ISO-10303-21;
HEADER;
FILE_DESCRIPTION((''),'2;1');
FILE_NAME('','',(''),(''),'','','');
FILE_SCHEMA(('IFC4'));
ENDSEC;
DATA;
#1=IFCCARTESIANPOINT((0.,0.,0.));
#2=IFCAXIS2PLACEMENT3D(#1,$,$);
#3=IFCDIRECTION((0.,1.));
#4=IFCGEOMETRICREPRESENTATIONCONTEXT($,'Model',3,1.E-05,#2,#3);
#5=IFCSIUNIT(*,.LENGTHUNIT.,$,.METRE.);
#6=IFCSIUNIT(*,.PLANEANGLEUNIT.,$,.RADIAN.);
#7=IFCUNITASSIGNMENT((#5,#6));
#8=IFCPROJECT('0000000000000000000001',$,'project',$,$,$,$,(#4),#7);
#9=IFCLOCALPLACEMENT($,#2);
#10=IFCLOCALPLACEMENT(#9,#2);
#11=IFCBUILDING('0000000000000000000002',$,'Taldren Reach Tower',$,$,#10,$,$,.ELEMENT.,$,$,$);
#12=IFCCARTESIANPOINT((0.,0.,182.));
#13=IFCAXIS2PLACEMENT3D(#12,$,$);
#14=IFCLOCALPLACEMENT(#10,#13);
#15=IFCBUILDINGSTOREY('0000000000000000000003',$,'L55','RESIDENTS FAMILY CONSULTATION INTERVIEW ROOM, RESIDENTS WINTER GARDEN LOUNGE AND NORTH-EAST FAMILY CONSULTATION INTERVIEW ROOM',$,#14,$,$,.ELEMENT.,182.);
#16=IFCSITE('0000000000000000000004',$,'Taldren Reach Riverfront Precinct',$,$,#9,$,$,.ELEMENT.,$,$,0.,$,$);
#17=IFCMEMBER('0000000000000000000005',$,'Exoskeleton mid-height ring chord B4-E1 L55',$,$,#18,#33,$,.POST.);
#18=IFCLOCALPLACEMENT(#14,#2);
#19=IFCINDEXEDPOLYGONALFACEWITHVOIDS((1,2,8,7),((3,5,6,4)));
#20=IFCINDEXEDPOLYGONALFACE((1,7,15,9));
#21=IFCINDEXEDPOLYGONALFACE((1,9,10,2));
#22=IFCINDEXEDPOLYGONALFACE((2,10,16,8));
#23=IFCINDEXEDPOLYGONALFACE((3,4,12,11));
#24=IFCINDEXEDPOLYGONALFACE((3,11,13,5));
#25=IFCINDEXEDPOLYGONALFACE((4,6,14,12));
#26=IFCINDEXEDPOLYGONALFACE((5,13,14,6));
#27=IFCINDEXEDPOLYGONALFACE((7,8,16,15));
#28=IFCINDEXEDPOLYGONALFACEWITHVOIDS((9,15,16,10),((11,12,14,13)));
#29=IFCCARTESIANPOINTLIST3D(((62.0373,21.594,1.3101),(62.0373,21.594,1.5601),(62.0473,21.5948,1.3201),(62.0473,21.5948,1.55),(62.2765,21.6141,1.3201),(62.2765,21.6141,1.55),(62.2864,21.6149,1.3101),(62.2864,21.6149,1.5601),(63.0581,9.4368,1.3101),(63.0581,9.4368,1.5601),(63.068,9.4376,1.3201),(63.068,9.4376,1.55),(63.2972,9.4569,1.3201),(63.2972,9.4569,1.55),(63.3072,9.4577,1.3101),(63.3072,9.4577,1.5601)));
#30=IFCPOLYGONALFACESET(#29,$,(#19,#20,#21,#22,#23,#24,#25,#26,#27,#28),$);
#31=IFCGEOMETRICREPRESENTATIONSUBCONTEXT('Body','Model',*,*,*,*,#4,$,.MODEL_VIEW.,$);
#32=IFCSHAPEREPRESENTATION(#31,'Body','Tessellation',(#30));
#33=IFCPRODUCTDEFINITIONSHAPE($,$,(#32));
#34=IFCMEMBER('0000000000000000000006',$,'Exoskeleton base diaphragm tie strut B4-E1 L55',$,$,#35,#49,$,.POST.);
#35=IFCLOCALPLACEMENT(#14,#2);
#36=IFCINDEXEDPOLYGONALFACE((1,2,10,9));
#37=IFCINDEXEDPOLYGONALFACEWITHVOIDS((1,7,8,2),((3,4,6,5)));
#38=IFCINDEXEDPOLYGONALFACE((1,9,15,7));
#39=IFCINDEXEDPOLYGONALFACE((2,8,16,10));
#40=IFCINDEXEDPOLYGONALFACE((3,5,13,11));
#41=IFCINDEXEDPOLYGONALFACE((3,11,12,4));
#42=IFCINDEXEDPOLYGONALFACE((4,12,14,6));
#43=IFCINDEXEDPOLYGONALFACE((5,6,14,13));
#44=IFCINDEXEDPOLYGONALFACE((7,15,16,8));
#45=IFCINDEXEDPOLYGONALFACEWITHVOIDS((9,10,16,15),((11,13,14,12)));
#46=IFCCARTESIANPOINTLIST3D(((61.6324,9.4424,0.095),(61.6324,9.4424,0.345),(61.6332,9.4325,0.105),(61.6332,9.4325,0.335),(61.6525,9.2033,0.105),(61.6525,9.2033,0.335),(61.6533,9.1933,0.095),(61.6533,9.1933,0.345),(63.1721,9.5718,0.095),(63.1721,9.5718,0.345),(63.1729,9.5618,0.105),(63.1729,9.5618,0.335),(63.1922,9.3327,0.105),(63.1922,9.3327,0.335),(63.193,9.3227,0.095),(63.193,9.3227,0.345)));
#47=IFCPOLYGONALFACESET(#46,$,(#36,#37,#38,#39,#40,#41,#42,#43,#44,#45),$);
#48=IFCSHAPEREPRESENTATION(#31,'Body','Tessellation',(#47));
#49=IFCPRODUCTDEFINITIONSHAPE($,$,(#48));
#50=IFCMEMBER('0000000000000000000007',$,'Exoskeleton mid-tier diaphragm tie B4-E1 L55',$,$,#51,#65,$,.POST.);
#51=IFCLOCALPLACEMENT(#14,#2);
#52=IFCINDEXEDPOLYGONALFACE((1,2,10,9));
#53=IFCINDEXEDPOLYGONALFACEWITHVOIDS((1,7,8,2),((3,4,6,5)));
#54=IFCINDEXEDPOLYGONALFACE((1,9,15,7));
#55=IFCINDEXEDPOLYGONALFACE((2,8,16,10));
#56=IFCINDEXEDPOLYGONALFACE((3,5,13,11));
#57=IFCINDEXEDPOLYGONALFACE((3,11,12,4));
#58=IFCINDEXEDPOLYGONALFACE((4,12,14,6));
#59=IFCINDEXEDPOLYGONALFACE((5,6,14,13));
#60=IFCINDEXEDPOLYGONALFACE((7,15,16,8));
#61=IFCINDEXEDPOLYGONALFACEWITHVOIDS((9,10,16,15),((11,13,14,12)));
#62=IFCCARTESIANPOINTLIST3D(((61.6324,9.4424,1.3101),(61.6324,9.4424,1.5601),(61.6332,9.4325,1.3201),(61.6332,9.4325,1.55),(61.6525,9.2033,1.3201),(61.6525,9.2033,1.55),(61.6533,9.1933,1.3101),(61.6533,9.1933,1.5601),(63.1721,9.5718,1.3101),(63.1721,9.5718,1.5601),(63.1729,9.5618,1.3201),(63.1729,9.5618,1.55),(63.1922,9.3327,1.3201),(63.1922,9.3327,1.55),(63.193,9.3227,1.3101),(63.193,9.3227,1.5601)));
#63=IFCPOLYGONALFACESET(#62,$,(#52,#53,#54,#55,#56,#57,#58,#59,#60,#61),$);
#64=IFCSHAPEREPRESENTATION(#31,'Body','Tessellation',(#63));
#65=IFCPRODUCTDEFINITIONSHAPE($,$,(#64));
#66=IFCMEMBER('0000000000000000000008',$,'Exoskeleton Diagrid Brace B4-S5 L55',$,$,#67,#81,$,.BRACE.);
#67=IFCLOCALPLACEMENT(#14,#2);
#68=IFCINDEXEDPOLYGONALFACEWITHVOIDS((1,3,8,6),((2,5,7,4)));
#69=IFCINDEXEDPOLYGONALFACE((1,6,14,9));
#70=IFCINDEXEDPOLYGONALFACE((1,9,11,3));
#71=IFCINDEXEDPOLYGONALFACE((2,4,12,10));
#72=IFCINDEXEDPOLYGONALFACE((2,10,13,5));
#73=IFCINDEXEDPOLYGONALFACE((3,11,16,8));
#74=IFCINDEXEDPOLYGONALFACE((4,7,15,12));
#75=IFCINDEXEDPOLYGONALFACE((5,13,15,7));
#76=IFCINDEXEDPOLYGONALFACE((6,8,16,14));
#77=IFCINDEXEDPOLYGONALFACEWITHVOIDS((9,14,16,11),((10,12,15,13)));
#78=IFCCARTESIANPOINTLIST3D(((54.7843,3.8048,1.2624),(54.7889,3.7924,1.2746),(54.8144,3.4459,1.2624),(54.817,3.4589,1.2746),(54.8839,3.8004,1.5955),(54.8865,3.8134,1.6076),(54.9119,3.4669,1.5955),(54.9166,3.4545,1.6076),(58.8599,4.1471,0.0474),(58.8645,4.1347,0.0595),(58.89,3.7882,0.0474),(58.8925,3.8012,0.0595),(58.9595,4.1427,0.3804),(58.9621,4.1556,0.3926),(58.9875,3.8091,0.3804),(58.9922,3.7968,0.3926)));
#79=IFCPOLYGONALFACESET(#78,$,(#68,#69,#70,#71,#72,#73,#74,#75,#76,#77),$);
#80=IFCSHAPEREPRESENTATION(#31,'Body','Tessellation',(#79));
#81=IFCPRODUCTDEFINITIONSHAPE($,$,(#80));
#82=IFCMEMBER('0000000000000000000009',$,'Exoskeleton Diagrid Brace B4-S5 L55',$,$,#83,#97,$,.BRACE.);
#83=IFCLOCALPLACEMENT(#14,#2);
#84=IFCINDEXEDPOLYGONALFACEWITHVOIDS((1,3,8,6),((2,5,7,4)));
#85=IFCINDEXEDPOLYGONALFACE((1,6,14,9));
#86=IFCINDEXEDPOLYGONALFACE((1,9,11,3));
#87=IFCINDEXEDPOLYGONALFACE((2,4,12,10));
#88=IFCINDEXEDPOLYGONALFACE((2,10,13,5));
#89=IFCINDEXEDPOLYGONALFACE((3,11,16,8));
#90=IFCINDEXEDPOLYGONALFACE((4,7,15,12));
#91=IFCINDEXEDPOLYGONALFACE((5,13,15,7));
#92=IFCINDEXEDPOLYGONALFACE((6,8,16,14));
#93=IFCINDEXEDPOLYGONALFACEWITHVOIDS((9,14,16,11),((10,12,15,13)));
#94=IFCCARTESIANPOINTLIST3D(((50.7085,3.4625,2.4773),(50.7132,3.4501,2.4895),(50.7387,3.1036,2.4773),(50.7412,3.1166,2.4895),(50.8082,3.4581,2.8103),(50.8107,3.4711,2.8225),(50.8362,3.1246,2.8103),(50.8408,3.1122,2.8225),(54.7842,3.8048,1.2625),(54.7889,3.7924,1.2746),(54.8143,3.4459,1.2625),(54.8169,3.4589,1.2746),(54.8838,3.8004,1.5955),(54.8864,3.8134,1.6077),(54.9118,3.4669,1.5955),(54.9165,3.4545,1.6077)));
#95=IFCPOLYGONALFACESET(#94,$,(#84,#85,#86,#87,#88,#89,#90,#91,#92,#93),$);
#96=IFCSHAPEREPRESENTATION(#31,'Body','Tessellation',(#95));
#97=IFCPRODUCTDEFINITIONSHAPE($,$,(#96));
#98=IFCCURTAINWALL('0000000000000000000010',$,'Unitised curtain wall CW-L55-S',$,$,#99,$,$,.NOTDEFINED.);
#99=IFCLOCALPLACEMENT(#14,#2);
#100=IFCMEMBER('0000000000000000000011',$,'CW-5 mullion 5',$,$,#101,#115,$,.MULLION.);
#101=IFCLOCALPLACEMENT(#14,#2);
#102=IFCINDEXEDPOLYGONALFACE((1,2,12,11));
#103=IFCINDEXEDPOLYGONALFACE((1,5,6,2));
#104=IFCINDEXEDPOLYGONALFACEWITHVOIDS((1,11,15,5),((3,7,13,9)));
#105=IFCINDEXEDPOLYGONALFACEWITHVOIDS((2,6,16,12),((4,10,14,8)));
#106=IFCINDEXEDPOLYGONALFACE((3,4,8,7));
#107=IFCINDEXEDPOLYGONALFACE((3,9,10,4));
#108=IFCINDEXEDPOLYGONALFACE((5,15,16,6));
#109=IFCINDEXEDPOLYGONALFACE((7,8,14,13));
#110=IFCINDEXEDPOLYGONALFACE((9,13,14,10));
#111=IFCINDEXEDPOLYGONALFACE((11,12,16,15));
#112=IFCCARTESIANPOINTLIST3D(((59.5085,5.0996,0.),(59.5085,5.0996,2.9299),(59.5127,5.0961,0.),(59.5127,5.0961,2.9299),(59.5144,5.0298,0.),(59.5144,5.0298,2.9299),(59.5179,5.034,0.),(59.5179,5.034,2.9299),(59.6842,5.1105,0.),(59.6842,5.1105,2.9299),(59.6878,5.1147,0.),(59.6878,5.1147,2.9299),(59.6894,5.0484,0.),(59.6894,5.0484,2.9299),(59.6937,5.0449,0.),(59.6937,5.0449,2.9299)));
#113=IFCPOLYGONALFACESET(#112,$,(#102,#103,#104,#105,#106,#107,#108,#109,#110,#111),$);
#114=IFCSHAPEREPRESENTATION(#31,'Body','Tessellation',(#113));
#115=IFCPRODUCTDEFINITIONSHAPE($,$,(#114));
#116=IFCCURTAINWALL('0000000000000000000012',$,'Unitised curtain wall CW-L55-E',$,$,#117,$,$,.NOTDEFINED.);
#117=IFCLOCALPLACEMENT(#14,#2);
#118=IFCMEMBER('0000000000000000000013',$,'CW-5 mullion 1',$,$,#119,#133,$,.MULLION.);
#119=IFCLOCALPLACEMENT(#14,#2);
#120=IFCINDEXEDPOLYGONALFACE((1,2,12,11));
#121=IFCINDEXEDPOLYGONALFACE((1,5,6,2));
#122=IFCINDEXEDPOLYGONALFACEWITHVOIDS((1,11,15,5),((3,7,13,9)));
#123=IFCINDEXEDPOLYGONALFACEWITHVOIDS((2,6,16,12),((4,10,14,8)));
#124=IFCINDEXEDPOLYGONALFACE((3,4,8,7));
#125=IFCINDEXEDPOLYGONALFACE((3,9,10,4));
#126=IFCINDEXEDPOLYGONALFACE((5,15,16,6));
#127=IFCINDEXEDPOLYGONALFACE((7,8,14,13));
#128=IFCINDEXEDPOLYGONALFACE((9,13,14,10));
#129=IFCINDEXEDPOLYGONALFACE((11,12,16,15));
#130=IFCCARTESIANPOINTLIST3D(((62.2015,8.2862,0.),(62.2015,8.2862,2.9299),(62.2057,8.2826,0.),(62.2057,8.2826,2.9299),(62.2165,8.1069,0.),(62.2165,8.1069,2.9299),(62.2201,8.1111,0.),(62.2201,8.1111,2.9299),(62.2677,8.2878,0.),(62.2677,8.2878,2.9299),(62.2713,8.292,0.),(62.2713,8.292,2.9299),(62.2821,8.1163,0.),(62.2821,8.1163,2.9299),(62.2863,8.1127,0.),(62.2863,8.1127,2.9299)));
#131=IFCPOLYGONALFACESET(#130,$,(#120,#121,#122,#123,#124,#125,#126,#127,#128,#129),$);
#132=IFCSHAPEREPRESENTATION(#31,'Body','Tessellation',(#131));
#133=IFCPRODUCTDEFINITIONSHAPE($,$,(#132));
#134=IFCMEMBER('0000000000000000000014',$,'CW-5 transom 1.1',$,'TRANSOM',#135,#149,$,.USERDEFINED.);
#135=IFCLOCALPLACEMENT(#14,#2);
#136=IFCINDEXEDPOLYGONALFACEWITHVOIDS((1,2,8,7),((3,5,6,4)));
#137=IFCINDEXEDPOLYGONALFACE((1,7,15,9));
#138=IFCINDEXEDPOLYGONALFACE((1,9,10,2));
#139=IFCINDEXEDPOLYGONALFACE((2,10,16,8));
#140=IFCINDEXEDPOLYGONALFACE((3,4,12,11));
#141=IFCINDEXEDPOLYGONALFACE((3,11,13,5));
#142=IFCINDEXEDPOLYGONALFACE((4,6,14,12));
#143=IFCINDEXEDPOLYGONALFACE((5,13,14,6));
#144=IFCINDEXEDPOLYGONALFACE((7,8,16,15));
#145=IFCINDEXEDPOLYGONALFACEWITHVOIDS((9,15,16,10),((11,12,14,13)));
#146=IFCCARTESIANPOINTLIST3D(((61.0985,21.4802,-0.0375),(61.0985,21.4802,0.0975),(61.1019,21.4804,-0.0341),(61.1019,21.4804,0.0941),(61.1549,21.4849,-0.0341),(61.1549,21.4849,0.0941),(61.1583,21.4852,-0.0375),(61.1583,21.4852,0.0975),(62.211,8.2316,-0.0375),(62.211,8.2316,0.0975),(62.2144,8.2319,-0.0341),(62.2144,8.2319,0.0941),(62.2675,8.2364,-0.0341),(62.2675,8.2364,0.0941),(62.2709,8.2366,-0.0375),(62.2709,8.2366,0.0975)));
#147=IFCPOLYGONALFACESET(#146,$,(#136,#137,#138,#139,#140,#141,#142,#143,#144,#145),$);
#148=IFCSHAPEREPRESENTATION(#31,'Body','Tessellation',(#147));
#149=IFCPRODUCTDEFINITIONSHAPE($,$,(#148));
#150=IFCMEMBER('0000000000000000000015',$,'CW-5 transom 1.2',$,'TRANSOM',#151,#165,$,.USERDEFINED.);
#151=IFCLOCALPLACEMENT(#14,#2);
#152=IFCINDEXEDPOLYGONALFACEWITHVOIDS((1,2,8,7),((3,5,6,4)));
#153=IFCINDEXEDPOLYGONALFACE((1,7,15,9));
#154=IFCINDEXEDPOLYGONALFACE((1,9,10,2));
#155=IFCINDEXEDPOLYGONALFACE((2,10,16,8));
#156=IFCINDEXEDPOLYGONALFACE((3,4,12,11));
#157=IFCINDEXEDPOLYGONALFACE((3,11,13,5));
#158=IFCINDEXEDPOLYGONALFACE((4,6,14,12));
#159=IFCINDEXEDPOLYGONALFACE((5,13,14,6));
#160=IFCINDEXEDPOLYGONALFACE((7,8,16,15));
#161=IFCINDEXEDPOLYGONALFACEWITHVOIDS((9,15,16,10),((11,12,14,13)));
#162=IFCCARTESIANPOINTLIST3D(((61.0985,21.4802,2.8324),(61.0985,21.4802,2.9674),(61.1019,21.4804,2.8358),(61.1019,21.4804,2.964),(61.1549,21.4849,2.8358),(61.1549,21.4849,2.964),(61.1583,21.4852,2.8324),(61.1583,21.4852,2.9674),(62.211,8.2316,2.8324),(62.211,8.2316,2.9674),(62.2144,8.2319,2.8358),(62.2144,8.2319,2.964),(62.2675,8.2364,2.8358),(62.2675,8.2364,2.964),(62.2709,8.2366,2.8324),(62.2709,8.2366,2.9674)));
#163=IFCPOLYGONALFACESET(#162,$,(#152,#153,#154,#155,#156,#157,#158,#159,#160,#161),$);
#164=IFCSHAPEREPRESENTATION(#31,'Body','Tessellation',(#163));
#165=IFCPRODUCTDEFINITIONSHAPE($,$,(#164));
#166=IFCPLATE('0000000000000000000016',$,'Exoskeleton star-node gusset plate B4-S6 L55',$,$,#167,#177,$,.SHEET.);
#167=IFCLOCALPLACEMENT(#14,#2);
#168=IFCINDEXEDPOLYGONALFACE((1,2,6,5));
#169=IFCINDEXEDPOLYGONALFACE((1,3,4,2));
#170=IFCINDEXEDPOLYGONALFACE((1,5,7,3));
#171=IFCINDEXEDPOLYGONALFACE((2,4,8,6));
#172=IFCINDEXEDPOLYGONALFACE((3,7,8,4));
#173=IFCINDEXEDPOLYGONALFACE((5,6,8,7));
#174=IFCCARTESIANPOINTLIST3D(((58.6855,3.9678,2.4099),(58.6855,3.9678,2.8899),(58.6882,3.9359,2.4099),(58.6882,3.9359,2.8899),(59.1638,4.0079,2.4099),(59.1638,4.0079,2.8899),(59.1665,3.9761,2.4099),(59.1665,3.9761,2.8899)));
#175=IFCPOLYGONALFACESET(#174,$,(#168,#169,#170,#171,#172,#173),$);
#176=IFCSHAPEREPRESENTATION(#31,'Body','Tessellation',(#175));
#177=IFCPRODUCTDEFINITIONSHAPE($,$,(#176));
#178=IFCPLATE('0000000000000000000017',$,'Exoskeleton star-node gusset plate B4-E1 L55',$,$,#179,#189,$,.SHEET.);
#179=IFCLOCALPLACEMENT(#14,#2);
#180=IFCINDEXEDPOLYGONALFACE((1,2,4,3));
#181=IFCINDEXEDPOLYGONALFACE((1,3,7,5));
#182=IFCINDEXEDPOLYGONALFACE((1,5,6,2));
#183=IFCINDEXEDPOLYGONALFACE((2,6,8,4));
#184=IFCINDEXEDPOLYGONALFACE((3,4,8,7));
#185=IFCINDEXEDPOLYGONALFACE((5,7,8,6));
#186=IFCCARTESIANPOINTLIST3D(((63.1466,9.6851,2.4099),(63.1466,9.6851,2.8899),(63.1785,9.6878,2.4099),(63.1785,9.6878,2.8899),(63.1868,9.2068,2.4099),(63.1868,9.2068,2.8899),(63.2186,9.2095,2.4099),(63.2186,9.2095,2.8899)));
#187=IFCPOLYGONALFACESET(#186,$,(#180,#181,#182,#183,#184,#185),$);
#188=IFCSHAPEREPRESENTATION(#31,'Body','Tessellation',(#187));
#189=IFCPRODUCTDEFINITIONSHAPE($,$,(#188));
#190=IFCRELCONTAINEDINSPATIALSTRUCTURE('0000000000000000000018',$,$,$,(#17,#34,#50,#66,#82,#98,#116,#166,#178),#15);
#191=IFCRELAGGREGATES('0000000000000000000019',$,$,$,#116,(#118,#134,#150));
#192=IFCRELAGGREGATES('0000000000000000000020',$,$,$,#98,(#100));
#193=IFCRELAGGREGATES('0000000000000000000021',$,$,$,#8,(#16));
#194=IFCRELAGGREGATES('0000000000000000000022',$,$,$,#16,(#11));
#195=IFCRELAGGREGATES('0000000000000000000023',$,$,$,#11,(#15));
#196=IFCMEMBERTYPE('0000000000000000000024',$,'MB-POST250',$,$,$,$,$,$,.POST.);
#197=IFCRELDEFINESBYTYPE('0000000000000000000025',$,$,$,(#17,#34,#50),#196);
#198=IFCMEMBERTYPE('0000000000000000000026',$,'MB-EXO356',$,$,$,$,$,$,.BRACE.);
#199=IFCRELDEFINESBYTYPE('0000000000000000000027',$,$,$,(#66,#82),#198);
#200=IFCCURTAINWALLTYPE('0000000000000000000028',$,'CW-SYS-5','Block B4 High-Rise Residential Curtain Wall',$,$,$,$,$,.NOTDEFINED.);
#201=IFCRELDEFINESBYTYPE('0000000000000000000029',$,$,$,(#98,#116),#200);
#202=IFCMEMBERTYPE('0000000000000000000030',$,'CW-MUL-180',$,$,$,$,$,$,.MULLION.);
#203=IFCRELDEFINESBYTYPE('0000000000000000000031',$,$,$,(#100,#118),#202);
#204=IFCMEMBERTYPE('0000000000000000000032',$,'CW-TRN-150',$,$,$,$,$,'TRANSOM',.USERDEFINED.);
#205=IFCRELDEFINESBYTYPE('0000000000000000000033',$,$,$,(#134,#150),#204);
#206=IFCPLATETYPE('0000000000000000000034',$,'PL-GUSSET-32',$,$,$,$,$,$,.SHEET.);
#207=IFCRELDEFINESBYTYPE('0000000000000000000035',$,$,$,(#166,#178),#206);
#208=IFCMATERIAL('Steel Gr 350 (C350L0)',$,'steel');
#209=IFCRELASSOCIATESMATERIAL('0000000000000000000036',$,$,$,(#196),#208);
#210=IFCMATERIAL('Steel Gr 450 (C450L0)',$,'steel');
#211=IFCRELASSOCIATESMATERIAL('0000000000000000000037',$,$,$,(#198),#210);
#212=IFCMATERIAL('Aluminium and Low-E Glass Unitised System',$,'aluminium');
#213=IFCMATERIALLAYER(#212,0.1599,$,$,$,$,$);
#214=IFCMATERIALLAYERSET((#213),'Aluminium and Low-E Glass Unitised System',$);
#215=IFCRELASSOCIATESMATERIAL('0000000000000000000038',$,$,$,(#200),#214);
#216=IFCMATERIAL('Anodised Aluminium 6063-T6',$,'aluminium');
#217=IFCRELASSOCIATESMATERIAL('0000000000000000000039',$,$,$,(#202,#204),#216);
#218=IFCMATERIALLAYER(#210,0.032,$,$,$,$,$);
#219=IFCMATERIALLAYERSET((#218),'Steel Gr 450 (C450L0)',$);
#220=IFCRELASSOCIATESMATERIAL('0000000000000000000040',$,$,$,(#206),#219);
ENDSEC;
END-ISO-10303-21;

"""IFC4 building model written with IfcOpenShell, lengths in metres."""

from ifc_helpers import new_model, si_unit, direction, frame, origin, origin_2d, place, context, subcontext, project, spatial, rectangle, hollow_rectangle, extrude, source, transform, mapped, material, layer, layer_set, material_profile, profile_set, type_object, element, aggregate, save


model = new_model("IFC4")

# Units and contexts
model_context = context("Model", 3, precision=1e-05, world=origin(), true_north=direction((0.0, 1.0)))
body_context = subcontext(model_context, "Body", "Model", "MODEL_VIEW")
ifc_project = project(units=[si_unit("LENGTHUNIT", "METRE"), si_unit("PLANEANGLEUNIT", "RADIAN")], contexts=[model_context])

# Site, building, storey
site_placement = place(None, origin())
site = spatial("IfcSite", under=ifc_project, at=site_placement, Name="Taldren Reach Riverfront Precinct", CompositionType="ELEMENT", RefElevation=0.0)
building_placement = place(site_placement, origin())
building = spatial("IfcBuilding", under=site, at=building_placement, Name="Taldren Reach Tower", CompositionType="ELEMENT")
storey_placement = place(building_placement, frame((0.0, 0.0, 182.0)))
storey = spatial("IfcBuildingStorey", under=building, at=storey_placement, Name="L55", Description="RESIDENTS FAMILY CONSULTATION INTERVIEW ROOM, RESIDENTS WINTER GARDEN LOUNGE AND NORTH-EAST FAMILY CONSULTATION INTERVIEW ROOM", CompositionType="ELEMENT", Elevation=182.0)

# Shared definitions
ifc_material_1 = material(Name="Steel Gr 350 (C350L0)", Category="steel")

# Shared definitions
ifc_material_profile_1 = material_profile(ifc_material_1, hollow_rectangle(XDim=0.25, YDim=0.25, WallThickness=0.01, at=origin_2d()), Name="250x250x10.0SHS")
ifc_profile_set_1 = profile_set([ifc_material_profile_1], Name="Steel Gr 350 (C350L0)")
member_type_1 = type_object("IfcMemberType", Name="MB-POST250", PredefinedType="POST", material=ifc_profile_set_1)

# Members
ifc_material_2 = material(Name="Steel Gr 450 (C450L0)", Category="steel")
shared_shape_1 = source(origin(), body_context, "Body", "SweptSolid", [
    extrude(hollow_rectangle(XDim=0.25, YDim=0.25, WallThickness=0.01, at=origin_2d()), origin(), (0.0, 0.0, 1.0), 12.2),
])
member_1_placement = place(storey_placement, frame((63.1826, 9.4473, 1.4351), z_axis=(-0.083668, 0.996494, 0.0), x_axis=(-0.996494, -0.083668, 0.0)))
element("IfcMember", 1, at=member_1_placement, inside=storey, type_object=member_type_1, Name="Exoskeleton mid-height ring chord B4-E1 L55", PredefinedType="POST", context=body_context, shape_type="MappedRepresentation", body=[
    mapped(shared_shape_1, transform((0.0, 0.0, 0.0), scale=1.0)),
])
shared_shape_2 = source(origin(), body_context, "Body", "SweptSolid", [
    extrude(hollow_rectangle(XDim=0.25, YDim=0.25, WallThickness=0.01, at=origin_2d()), origin(), (0.0, 0.0, 1.0), 1.5452),
])
for number, where, z_axis, x_axis, name in (
    (2, (61.6428, 9.3179, 0.22), (0.996488, 0.083738, 0.0), (-0.083738, 0.996488, 0.0), "Exoskeleton base diaphragm tie strut B4-E1 L55"),
    (3, (61.6428, 9.3179, 1.4351), (0.996488, 0.083738, 0.0), (-0.083738, 0.996488, 0.0), "Exoskeleton mid-tier diaphragm tie B4-E1 L55"),
):
    element("IfcMember", number, at=place(storey_placement, frame(where, z_axis=z_axis, x_axis=x_axis)), inside=storey, type_object=member_type_1, Name=name, PredefinedType="POST", context=body_context, shape_type="MappedRepresentation", body=[
        mapped(shared_shape_2, transform((0.0, 0.0, 0.0), scale=1.0)),
    ])
ifc_material_profile_2 = material_profile(ifc_material_2, hollow_rectangle(XDim=0.3601, YDim=0.3601, WallThickness=0.0127, at=origin_2d()), Name="360x360x12.7SHS")
ifc_profile_set_2 = profile_set([ifc_material_profile_2], Name="Steel Gr 450 (C450L0)")
member_type_2 = type_object("IfcMemberType", Name="MB-EXO356", PredefinedType="BRACE", material=ifc_profile_set_2)
shared_shape_3 = source(origin(), body_context, "Body", "SweptSolid", [
    extrude(hollow_rectangle(XDim=0.3601, YDim=0.3601, WallThickness=0.0127, at=origin_2d()), origin(), (0.0, 0.0, 1.0), 4.2666),
])
for number, where, z_axis, x_axis, name in (
    (4, (58.926, 3.9719, 0.22), (-0.955229, -0.080222, 0.284783), (0.083688, -0.996492, 0.0), "Exoskeleton Diagrid Brace B4-S5 L55"),
    (5, (54.8503, 3.6296, 1.4351), (-0.955245, -0.080224, 0.284731), (0.083688, -0.996492, 0.0), "Exoskeleton Diagrid Brace B4-S5 L55"),
):
    element("IfcMember", number, at=place(storey_placement, frame(where, z_axis=z_axis, x_axis=x_axis)), inside=storey, type_object=member_type_2, Name=name, PredefinedType="BRACE", context=body_context, shape_type="MappedRepresentation", body=[
        mapped(shared_shape_3, transform((0.0, 0.0, 0.0), scale=1.0)),
    ])

# Curtain wall, member
ifc_material_3 = material(Name="Aluminium and Low-E Glass Unitised System", Category="aluminium")
ifc_layer_1 = layer(ifc_material_3, 0.1599)
ifc_layer_set_1 = layer_set([ifc_layer_1], Name="Aluminium and Low-E Glass Unitised System")
curtain_wall_type = type_object("IfcCurtainWallType", Name="CW-SYS-5", Description="Block B4 High-Rise Residential Curtain Wall", PredefinedType="NOTDEFINED", material=ifc_layer_set_1)
curtain_wall_1_placement = place(storey_placement, origin())
curtain_wall_1 = element("IfcCurtainWall", 6, at=curtain_wall_1_placement, inside=storey, type_object=curtain_wall_type, Name="Unitised curtain wall CW-L55-S", PredefinedType="NOTDEFINED")
ifc_material_4 = material(Name="Anodised Aluminium 6063-T6", Category="aluminium")
ifc_material_profile_3 = material_profile(ifc_material_4, hollow_rectangle(XDim=0.0701, YDim=0.1799, WallThickness=0.0039, at=origin_2d()), Name="ALU-180x70x4RHS")
ifc_profile_set_3 = profile_set([ifc_material_profile_3], Name="Anodised Aluminium 6063-T6")
member_type_3 = type_object("IfcMemberType", Name="CW-MUL-180", PredefinedType="MULLION", material=ifc_profile_set_3)
shared_shape_4 = source(origin(), body_context, "Body", "SweptSolid", [
    extrude(hollow_rectangle(XDim=0.0701, YDim=0.1799, WallThickness=0.0039, at=origin_2d()), origin(), (0.0, 0.0, 1.0), 2.9299),
])
member_2_placement = place(storey_placement, frame((59.6011, 5.0723, 0.0), z_axis=(0.0, 0.0, 1.0), x_axis=(-0.083678, 0.996493, 0.0)))
member_2 = element("IfcMember", 7, at=member_2_placement, type_object=member_type_3, Name="CW-5 mullion 5", PredefinedType="MULLION", context=body_context, shape_type="MappedRepresentation", body=[
    mapped(shared_shape_4, transform((0.0, 0.0, 0.0), scale=1.0)),
])

# Curtain wall, members
curtain_wall_2_placement = place(storey_placement, origin())
curtain_wall_2 = element("IfcCurtainWall", 8, at=curtain_wall_2_placement, inside=storey, type_object=curtain_wall_type, Name="Unitised curtain wall CW-L55-E", PredefinedType="NOTDEFINED")
member_3_placement = place(storey_placement, frame((62.2439, 8.1995, 0.0), z_axis=(0.0, 0.0, 1.0), x_axis=(-0.996493, -0.083678, 0.0)))
member_3 = element("IfcMember", 9, at=member_3_placement, type_object=member_type_3, Name="CW-5 mullion 1", PredefinedType="MULLION", context=body_context, shape_type="MappedRepresentation", body=[
    mapped(shared_shape_4, transform((0.0, 0.0, 0.0), scale=1.0)),
])
ifc_material_profile_4 = material_profile(ifc_material_4, hollow_rectangle(XDim=0.0601, YDim=0.135, WallThickness=0.0034, at=origin_2d()), Name="ALU-135x60x3.5RHS")
ifc_profile_set_4 = profile_set([ifc_material_profile_4], Name="Anodised Aluminium 6063-T6")
member_type_4 = type_object("IfcMemberType", Name="CW-TRN-150", ElementType="TRANSOM", PredefinedType="USERDEFINED", material=ifc_profile_set_4)
shared_shape_5 = source(origin(), body_context, "Body", "SweptSolid", [
    extrude(hollow_rectangle(XDim=0.0601, YDim=0.135, WallThickness=0.0034, at=origin_2d()), origin(), (0.0, 0.0, 1.0), 13.2952),
])
member_4_placement = place(storey_placement, frame((62.241, 8.2341, 0.03), z_axis=(-0.083681, 0.996493, 0.0), x_axis=(-0.996493, -0.083681, 0.0)))
member_4 = element("IfcMember", 10, at=member_4_placement, type_object=member_type_4, Name="CW-5 transom 1.1", ObjectType="TRANSOM", PredefinedType="USERDEFINED", context=body_context, shape_type="MappedRepresentation", body=[
    mapped(shared_shape_5, transform((0.0, 0.0, 0.0), scale=1.0)),
])
member_5_placement = place(storey_placement, frame((62.241, 8.2341, 2.8999), z_axis=(-0.083681, 0.996493, 0.0), x_axis=(-0.996493, -0.083681, 0.0)))
member_5 = element("IfcMember", 11, at=member_5_placement, type_object=member_type_4, Name="CW-5 transom 1.2", ObjectType="TRANSOM", PredefinedType="USERDEFINED", context=body_context, shape_type="MappedRepresentation", body=[
    mapped(shared_shape_5, transform((0.0, 0.0, 0.0), scale=1.0)),
])
aggregate(curtain_wall_2, [member_3, member_4, member_5])

# Plates
ifc_layer_2 = layer(ifc_material_2, 0.032)
ifc_layer_set_2 = layer_set([ifc_layer_2], Name="Steel Gr 450 (C450L0)")
plate_type_1 = type_object("IfcPlateType", Name="PL-GUSSET-32", PredefinedType="SHEET", material=ifc_layer_set_2)
shared_shape_6 = source(origin(), body_context, "Body", "SweptSolid", [
    extrude(rectangle(XDim=0.48, YDim=0.032, at=origin_2d()), origin(), (0.0, 0.0, 1.0), 0.48),
])
for number, where, z_axis, x_axis, name in (
    (12, (58.926, 3.9719, 2.4099), (0.0, 0.0, 1.0), (0.996493, 0.083678, 0.0), "Exoskeleton star-node gusset plate B4-S6 L55"),
    (13, (63.1826, 9.4473, 2.4099), (0.0, 0.0, 1.0), (-0.083678, 0.996493, 0.0), "Exoskeleton star-node gusset plate B4-E1 L55"),
):
    element("IfcPlate", number, at=place(storey_placement, frame(where, z_axis=z_axis, x_axis=x_axis)), inside=storey, type_object=plate_type_1, Name=name, PredefinedType="SHEET", context=body_context, shape_type="MappedRepresentation", body=[
        mapped(shared_shape_6, transform((0.0, 0.0, 0.0), scale=1.0)),
    ])

aggregate(curtain_wall_1, [member_2])

save(model, "model.ifc")
